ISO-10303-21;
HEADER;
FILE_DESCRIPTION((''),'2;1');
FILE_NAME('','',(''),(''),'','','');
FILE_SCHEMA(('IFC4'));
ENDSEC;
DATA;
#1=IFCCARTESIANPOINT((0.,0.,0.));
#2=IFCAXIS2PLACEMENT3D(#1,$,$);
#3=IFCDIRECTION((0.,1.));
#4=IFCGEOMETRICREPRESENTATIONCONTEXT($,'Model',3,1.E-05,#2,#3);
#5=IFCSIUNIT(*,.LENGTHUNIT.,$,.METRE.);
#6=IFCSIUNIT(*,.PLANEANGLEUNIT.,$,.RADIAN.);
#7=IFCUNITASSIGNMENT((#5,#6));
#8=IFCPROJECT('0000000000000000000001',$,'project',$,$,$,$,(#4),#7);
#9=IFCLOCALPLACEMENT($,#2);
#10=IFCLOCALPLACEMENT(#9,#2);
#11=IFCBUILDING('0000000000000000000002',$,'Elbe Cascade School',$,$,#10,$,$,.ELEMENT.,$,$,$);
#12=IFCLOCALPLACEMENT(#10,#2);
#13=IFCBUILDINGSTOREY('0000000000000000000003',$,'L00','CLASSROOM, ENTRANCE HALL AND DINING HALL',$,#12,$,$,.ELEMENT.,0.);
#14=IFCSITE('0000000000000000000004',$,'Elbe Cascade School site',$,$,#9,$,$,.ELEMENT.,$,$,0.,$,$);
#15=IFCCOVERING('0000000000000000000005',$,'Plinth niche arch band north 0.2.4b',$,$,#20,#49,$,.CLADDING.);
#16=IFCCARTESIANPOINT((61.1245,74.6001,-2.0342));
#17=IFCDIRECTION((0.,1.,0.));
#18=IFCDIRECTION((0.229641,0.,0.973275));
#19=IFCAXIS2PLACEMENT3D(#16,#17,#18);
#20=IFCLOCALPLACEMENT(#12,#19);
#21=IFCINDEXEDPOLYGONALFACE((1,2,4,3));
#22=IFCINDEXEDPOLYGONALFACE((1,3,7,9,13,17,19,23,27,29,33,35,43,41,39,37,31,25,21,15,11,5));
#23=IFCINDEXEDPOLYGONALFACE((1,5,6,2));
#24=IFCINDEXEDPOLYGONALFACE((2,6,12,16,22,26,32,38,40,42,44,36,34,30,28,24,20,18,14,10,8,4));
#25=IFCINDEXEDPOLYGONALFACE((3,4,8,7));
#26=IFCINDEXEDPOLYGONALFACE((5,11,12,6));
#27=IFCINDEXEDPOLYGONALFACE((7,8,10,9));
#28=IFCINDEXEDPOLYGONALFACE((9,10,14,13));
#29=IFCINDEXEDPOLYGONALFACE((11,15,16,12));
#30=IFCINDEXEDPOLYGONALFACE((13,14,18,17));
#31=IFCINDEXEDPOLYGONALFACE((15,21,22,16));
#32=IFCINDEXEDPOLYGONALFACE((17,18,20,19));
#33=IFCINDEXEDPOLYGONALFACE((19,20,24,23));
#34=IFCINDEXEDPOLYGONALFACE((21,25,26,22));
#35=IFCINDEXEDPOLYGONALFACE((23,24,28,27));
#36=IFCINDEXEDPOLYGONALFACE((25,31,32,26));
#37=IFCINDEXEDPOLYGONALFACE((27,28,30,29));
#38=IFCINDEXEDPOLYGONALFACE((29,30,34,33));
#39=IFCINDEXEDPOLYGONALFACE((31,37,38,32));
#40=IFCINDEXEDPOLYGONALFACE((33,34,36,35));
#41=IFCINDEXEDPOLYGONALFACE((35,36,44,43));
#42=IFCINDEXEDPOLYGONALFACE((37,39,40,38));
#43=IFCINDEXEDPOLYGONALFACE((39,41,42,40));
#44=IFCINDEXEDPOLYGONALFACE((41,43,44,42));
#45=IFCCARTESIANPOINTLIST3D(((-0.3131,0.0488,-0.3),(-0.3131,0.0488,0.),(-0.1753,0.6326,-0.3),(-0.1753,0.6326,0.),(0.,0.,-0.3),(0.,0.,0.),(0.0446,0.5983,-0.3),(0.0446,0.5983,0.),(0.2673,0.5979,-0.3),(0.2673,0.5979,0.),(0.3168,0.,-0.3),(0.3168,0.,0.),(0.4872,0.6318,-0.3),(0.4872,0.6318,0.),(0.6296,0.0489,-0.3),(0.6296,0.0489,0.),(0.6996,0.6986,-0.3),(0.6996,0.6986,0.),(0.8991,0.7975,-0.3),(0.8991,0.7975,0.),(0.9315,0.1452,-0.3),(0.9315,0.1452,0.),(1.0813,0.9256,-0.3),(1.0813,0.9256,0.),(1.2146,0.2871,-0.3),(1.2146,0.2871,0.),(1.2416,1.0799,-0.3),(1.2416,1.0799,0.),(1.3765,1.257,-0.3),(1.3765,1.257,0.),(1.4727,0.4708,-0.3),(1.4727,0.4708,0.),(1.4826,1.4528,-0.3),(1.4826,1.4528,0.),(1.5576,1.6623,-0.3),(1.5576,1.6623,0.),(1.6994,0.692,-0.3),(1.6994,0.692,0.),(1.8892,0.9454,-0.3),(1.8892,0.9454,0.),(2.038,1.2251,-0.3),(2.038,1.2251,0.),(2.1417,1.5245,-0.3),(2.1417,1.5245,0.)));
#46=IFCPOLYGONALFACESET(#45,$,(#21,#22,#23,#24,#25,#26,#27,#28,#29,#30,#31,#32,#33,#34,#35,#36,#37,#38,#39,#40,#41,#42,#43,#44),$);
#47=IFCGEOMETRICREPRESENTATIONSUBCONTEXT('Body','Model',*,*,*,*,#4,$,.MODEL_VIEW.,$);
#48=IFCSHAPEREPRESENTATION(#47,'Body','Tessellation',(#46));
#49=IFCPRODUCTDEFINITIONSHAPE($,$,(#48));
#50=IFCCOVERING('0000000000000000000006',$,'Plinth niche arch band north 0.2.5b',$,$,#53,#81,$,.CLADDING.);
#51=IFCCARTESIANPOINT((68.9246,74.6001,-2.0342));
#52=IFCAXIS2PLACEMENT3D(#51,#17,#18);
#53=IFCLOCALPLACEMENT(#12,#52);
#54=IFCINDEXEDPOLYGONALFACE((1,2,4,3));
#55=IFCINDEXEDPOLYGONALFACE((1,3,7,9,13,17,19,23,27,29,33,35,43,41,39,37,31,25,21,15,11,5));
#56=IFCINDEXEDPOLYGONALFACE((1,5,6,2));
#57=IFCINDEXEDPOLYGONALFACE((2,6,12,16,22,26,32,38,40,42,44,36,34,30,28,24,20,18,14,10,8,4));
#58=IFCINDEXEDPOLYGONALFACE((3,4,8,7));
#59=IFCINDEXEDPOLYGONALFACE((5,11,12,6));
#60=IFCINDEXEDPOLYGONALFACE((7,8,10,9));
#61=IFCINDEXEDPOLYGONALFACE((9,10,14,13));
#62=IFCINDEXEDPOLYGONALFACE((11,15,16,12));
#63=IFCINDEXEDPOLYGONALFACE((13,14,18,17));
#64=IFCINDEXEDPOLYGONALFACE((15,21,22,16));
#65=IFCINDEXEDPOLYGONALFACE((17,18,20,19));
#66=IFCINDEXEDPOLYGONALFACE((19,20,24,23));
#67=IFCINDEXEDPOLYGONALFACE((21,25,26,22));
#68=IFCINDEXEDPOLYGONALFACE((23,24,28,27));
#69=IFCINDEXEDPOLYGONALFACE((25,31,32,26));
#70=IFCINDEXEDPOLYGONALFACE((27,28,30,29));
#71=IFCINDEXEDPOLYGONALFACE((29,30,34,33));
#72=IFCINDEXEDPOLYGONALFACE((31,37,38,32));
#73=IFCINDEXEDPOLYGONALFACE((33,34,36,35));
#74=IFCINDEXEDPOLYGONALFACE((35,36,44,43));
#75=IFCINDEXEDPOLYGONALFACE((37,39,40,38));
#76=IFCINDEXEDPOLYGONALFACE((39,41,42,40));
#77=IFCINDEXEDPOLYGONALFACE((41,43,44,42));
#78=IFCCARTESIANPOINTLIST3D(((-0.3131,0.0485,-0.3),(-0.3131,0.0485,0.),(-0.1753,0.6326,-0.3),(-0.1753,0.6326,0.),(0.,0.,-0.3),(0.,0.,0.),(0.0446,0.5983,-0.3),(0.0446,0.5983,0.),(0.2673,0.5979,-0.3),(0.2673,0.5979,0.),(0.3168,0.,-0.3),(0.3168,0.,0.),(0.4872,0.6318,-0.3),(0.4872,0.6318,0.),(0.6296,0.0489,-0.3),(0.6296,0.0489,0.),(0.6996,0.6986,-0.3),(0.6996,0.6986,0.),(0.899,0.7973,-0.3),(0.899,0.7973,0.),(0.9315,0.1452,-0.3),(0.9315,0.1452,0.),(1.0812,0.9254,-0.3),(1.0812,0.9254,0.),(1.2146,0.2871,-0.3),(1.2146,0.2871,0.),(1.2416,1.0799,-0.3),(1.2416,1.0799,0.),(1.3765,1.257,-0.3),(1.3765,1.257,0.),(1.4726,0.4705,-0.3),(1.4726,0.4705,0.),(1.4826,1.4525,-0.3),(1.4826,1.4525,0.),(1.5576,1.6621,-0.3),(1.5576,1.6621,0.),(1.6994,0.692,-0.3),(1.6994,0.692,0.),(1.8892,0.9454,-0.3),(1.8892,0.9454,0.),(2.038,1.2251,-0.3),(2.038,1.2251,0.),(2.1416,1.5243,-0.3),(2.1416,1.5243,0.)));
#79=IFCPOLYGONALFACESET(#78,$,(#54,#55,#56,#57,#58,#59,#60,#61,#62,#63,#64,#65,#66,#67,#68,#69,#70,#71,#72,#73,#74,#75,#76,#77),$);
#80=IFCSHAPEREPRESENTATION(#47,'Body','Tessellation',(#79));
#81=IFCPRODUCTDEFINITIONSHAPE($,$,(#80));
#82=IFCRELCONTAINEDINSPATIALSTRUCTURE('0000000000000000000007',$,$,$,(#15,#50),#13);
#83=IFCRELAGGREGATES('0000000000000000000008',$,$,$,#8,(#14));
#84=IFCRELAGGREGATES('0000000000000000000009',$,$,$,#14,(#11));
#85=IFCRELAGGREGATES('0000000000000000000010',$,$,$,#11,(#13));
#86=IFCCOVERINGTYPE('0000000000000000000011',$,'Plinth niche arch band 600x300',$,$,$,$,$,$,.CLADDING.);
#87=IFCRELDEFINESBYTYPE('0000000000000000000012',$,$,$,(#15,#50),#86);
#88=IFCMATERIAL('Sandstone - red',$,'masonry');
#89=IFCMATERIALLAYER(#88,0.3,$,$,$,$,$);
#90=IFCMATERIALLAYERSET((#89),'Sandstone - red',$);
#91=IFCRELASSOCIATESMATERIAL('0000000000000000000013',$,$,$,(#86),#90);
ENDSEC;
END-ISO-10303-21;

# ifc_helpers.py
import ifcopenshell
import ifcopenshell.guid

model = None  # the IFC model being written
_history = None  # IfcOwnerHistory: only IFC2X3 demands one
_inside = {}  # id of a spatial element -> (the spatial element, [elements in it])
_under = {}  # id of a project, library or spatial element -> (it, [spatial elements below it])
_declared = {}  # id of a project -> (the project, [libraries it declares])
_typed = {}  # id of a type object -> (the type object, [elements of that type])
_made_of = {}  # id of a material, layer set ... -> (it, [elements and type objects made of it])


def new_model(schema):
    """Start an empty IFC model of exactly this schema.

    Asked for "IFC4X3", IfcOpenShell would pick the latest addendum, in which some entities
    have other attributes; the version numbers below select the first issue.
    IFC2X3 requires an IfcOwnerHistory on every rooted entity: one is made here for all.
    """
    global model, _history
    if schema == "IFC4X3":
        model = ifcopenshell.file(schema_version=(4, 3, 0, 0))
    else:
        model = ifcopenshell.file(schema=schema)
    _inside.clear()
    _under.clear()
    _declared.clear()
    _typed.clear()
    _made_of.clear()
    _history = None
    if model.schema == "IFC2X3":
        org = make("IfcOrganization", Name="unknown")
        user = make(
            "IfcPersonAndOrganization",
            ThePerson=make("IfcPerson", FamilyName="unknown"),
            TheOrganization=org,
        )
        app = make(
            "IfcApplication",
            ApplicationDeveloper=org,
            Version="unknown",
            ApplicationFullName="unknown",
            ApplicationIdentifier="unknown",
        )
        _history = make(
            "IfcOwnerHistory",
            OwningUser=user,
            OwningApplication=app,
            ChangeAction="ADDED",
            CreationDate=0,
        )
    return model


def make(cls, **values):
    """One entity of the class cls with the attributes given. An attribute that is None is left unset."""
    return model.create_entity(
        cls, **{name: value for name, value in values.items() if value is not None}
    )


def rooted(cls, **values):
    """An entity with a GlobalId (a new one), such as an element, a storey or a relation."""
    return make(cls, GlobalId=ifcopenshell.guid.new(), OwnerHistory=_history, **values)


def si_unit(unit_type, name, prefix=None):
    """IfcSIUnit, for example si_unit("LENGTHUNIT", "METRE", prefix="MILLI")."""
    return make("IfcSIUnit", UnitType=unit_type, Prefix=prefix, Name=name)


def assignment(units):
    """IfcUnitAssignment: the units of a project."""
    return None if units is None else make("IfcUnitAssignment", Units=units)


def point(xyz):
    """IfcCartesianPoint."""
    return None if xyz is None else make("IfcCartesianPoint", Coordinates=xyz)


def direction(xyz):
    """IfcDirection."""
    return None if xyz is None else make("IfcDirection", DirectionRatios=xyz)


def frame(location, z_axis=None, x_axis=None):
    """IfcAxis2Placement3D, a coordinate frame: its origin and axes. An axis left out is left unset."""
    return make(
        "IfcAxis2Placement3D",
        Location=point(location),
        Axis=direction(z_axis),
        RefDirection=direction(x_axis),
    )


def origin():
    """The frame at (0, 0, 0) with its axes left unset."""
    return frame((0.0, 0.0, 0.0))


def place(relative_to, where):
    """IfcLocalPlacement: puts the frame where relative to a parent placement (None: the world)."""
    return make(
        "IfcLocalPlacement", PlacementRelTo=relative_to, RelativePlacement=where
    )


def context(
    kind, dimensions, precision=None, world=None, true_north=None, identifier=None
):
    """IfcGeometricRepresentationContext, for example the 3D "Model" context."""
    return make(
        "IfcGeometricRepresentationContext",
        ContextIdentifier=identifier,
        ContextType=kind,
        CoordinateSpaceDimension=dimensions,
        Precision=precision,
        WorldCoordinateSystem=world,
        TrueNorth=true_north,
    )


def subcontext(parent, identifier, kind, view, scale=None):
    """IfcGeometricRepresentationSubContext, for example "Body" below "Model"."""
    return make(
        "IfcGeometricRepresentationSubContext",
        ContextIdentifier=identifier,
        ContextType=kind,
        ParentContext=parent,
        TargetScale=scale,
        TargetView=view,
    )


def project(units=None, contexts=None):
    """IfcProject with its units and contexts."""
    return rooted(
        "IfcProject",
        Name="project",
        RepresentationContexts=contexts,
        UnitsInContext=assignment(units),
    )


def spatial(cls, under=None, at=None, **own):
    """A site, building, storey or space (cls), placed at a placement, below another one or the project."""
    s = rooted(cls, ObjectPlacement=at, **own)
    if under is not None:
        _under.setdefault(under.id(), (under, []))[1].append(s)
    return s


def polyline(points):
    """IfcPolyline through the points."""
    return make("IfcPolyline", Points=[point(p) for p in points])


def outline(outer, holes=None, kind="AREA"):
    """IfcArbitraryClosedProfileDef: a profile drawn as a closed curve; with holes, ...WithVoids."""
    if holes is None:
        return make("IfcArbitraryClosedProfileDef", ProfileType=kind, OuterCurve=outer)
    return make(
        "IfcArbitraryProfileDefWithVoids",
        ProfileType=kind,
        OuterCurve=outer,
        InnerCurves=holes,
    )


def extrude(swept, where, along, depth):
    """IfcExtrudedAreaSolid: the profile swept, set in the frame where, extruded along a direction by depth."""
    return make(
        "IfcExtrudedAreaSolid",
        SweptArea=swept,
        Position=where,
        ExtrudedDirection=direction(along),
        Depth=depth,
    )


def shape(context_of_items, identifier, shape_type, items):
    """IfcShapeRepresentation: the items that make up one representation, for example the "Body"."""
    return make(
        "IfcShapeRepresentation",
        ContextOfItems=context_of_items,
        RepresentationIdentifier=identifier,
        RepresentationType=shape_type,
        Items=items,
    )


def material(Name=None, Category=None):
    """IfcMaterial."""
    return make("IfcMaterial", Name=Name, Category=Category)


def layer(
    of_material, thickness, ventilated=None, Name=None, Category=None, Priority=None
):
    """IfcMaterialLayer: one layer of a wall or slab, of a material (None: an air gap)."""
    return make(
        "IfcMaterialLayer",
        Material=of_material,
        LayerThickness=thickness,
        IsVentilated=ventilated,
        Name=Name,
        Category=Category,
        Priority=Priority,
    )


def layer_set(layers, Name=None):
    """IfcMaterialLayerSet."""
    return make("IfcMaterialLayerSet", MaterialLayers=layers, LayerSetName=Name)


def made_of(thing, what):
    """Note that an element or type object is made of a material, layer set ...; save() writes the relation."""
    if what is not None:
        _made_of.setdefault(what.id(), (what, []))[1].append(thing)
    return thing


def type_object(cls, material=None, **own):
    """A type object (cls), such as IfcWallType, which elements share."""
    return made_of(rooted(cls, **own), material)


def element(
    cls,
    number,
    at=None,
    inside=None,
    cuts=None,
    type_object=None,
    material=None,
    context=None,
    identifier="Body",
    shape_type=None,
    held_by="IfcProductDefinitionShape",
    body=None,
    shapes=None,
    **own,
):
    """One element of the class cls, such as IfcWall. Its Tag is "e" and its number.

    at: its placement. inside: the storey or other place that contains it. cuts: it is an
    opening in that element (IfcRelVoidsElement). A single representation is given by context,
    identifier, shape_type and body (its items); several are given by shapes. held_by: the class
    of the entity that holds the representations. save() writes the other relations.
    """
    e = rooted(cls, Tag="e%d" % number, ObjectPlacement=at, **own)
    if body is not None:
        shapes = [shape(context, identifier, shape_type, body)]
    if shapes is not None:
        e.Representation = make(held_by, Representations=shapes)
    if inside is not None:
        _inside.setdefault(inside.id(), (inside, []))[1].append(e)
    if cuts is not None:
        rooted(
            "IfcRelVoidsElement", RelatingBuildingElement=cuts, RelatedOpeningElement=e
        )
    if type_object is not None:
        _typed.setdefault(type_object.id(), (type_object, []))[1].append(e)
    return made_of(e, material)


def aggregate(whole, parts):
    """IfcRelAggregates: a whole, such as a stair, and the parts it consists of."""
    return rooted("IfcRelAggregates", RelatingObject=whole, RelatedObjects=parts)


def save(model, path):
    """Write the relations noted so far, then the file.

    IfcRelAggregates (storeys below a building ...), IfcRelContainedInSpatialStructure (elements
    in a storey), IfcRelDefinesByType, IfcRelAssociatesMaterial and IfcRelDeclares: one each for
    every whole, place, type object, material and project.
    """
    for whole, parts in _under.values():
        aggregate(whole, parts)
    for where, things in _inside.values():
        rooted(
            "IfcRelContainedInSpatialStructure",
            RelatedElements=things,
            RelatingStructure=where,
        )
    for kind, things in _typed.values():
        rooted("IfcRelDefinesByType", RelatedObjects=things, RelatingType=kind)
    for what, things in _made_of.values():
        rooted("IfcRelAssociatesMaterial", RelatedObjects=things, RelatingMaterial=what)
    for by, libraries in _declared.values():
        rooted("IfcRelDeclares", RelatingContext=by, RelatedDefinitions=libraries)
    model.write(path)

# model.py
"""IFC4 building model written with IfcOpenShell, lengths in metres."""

from ifc_helpers import new_model, si_unit, direction, frame, origin, place, context, subcontext, project, spatial, polyline, outline, extrude, material, layer, layer_set, type_object, element, save


model = new_model("IFC4")

# Units and contexts
model_context = context("Model", 3, precision=1e-05, world=origin(), true_north=direction((0.0, 1.0)))
body_context = subcontext(model_context, "Body", "Model", "MODEL_VIEW")
ifc_project = project(units=[si_unit("LENGTHUNIT", "METRE"), si_unit("PLANEANGLEUNIT", "RADIAN")], contexts=[model_context])

# Site, building, storey
site_placement = place(None, origin())
site = spatial("IfcSite", under=ifc_project, at=site_placement, Name="Elbe Cascade School site", CompositionType="ELEMENT", RefElevation=0.0)
building_placement = place(site_placement, origin())
building = spatial("IfcBuilding", under=site, at=building_placement, Name="Elbe Cascade School", CompositionType="ELEMENT")
storey_placement = place(building_placement, origin())
storey = spatial("IfcBuildingStorey", under=building, at=storey_placement, Name="L00", Description="CLASSROOM, ENTRANCE HALL AND DINING HALL", CompositionType="ELEMENT", Elevation=0.0)

# Coverings
ifc_material_1 = material(Name="Sandstone - red", Category="masonry")
ifc_layer_1 = layer(ifc_material_1, 0.3)
ifc_layer_set_1 = layer_set([ifc_layer_1], Name="Sandstone - red")
covering_type_1 = type_object("IfcCoveringType", Name="Plinth niche arch band 600x300", PredefinedType="CLADDING", material=ifc_layer_set_1)
covering_1_placement = place(storey_placement, frame((61.1245, 74.6001, -2.0342), z_axis=(0.0, 1.0, 0.0), x_axis=(0.229641, 0.0, 0.973275)))
element("IfcCovering", 1, at=covering_1_placement, inside=storey, type_object=covering_type_1, Name="Plinth niche arch band north 0.2.4b", PredefinedType="CLADDING", context=body_context, shape_type="SweptSolid", body=[
    extrude(outline(polyline([(0.0, 0.0), (0.3168, 0.0), (0.6296, 0.0489), (0.9315, 0.1452), (1.2146, 0.2871), (1.4727, 0.4708), (1.6994, 0.692), (1.8892, 0.9454), (2.038, 1.2251), (2.1417, 1.5245), (1.5576, 1.6623), (1.4826, 1.4528), (1.3765, 1.257), (1.2416, 1.0799), (1.0813, 0.9256), (0.8991, 0.7975), (0.6996, 0.6986), (0.4872, 0.6318), (0.2673, 0.5979), (0.0446, 0.5983), (-0.1753, 0.6326), (-0.3131, 0.0488), (0.0, 0.0)])), origin(), (0.0, 0.0, -1.0), 0.3),
])
covering_2_placement = place(storey_placement, frame((68.9246, 74.6001, -2.0342), z_axis=(0.0, 1.0, 0.0), x_axis=(0.229641, 0.0, 0.973275)))
element("IfcCovering", 2, at=covering_2_placement, inside=storey, type_object=covering_type_1, Name="Plinth niche arch band north 0.2.5b", PredefinedType="CLADDING", context=body_context, shape_type="SweptSolid", body=[
    extrude(outline(polyline([(0.0, 0.0), (0.3168, 0.0), (0.6296, 0.0489), (0.9315, 0.1452), (1.2146, 0.2871), (1.4726, 0.4705), (1.6994, 0.692), (1.8892, 0.9454), (2.038, 1.2251), (2.1416, 1.5243), (1.5576, 1.6621), (1.4826, 1.4525), (1.3765, 1.257), (1.2416, 1.0799), (1.0812, 0.9254), (0.899, 0.7973), (0.6996, 0.6986), (0.4872, 0.6318), (0.2673, 0.5979), (0.0446, 0.5983), (-0.1753, 0.6326), (-0.3131, 0.0485), (0.0, 0.0)])), origin(), (0.0, 0.0, -1.0), 0.3),
])

save(model, "model.ifc")
